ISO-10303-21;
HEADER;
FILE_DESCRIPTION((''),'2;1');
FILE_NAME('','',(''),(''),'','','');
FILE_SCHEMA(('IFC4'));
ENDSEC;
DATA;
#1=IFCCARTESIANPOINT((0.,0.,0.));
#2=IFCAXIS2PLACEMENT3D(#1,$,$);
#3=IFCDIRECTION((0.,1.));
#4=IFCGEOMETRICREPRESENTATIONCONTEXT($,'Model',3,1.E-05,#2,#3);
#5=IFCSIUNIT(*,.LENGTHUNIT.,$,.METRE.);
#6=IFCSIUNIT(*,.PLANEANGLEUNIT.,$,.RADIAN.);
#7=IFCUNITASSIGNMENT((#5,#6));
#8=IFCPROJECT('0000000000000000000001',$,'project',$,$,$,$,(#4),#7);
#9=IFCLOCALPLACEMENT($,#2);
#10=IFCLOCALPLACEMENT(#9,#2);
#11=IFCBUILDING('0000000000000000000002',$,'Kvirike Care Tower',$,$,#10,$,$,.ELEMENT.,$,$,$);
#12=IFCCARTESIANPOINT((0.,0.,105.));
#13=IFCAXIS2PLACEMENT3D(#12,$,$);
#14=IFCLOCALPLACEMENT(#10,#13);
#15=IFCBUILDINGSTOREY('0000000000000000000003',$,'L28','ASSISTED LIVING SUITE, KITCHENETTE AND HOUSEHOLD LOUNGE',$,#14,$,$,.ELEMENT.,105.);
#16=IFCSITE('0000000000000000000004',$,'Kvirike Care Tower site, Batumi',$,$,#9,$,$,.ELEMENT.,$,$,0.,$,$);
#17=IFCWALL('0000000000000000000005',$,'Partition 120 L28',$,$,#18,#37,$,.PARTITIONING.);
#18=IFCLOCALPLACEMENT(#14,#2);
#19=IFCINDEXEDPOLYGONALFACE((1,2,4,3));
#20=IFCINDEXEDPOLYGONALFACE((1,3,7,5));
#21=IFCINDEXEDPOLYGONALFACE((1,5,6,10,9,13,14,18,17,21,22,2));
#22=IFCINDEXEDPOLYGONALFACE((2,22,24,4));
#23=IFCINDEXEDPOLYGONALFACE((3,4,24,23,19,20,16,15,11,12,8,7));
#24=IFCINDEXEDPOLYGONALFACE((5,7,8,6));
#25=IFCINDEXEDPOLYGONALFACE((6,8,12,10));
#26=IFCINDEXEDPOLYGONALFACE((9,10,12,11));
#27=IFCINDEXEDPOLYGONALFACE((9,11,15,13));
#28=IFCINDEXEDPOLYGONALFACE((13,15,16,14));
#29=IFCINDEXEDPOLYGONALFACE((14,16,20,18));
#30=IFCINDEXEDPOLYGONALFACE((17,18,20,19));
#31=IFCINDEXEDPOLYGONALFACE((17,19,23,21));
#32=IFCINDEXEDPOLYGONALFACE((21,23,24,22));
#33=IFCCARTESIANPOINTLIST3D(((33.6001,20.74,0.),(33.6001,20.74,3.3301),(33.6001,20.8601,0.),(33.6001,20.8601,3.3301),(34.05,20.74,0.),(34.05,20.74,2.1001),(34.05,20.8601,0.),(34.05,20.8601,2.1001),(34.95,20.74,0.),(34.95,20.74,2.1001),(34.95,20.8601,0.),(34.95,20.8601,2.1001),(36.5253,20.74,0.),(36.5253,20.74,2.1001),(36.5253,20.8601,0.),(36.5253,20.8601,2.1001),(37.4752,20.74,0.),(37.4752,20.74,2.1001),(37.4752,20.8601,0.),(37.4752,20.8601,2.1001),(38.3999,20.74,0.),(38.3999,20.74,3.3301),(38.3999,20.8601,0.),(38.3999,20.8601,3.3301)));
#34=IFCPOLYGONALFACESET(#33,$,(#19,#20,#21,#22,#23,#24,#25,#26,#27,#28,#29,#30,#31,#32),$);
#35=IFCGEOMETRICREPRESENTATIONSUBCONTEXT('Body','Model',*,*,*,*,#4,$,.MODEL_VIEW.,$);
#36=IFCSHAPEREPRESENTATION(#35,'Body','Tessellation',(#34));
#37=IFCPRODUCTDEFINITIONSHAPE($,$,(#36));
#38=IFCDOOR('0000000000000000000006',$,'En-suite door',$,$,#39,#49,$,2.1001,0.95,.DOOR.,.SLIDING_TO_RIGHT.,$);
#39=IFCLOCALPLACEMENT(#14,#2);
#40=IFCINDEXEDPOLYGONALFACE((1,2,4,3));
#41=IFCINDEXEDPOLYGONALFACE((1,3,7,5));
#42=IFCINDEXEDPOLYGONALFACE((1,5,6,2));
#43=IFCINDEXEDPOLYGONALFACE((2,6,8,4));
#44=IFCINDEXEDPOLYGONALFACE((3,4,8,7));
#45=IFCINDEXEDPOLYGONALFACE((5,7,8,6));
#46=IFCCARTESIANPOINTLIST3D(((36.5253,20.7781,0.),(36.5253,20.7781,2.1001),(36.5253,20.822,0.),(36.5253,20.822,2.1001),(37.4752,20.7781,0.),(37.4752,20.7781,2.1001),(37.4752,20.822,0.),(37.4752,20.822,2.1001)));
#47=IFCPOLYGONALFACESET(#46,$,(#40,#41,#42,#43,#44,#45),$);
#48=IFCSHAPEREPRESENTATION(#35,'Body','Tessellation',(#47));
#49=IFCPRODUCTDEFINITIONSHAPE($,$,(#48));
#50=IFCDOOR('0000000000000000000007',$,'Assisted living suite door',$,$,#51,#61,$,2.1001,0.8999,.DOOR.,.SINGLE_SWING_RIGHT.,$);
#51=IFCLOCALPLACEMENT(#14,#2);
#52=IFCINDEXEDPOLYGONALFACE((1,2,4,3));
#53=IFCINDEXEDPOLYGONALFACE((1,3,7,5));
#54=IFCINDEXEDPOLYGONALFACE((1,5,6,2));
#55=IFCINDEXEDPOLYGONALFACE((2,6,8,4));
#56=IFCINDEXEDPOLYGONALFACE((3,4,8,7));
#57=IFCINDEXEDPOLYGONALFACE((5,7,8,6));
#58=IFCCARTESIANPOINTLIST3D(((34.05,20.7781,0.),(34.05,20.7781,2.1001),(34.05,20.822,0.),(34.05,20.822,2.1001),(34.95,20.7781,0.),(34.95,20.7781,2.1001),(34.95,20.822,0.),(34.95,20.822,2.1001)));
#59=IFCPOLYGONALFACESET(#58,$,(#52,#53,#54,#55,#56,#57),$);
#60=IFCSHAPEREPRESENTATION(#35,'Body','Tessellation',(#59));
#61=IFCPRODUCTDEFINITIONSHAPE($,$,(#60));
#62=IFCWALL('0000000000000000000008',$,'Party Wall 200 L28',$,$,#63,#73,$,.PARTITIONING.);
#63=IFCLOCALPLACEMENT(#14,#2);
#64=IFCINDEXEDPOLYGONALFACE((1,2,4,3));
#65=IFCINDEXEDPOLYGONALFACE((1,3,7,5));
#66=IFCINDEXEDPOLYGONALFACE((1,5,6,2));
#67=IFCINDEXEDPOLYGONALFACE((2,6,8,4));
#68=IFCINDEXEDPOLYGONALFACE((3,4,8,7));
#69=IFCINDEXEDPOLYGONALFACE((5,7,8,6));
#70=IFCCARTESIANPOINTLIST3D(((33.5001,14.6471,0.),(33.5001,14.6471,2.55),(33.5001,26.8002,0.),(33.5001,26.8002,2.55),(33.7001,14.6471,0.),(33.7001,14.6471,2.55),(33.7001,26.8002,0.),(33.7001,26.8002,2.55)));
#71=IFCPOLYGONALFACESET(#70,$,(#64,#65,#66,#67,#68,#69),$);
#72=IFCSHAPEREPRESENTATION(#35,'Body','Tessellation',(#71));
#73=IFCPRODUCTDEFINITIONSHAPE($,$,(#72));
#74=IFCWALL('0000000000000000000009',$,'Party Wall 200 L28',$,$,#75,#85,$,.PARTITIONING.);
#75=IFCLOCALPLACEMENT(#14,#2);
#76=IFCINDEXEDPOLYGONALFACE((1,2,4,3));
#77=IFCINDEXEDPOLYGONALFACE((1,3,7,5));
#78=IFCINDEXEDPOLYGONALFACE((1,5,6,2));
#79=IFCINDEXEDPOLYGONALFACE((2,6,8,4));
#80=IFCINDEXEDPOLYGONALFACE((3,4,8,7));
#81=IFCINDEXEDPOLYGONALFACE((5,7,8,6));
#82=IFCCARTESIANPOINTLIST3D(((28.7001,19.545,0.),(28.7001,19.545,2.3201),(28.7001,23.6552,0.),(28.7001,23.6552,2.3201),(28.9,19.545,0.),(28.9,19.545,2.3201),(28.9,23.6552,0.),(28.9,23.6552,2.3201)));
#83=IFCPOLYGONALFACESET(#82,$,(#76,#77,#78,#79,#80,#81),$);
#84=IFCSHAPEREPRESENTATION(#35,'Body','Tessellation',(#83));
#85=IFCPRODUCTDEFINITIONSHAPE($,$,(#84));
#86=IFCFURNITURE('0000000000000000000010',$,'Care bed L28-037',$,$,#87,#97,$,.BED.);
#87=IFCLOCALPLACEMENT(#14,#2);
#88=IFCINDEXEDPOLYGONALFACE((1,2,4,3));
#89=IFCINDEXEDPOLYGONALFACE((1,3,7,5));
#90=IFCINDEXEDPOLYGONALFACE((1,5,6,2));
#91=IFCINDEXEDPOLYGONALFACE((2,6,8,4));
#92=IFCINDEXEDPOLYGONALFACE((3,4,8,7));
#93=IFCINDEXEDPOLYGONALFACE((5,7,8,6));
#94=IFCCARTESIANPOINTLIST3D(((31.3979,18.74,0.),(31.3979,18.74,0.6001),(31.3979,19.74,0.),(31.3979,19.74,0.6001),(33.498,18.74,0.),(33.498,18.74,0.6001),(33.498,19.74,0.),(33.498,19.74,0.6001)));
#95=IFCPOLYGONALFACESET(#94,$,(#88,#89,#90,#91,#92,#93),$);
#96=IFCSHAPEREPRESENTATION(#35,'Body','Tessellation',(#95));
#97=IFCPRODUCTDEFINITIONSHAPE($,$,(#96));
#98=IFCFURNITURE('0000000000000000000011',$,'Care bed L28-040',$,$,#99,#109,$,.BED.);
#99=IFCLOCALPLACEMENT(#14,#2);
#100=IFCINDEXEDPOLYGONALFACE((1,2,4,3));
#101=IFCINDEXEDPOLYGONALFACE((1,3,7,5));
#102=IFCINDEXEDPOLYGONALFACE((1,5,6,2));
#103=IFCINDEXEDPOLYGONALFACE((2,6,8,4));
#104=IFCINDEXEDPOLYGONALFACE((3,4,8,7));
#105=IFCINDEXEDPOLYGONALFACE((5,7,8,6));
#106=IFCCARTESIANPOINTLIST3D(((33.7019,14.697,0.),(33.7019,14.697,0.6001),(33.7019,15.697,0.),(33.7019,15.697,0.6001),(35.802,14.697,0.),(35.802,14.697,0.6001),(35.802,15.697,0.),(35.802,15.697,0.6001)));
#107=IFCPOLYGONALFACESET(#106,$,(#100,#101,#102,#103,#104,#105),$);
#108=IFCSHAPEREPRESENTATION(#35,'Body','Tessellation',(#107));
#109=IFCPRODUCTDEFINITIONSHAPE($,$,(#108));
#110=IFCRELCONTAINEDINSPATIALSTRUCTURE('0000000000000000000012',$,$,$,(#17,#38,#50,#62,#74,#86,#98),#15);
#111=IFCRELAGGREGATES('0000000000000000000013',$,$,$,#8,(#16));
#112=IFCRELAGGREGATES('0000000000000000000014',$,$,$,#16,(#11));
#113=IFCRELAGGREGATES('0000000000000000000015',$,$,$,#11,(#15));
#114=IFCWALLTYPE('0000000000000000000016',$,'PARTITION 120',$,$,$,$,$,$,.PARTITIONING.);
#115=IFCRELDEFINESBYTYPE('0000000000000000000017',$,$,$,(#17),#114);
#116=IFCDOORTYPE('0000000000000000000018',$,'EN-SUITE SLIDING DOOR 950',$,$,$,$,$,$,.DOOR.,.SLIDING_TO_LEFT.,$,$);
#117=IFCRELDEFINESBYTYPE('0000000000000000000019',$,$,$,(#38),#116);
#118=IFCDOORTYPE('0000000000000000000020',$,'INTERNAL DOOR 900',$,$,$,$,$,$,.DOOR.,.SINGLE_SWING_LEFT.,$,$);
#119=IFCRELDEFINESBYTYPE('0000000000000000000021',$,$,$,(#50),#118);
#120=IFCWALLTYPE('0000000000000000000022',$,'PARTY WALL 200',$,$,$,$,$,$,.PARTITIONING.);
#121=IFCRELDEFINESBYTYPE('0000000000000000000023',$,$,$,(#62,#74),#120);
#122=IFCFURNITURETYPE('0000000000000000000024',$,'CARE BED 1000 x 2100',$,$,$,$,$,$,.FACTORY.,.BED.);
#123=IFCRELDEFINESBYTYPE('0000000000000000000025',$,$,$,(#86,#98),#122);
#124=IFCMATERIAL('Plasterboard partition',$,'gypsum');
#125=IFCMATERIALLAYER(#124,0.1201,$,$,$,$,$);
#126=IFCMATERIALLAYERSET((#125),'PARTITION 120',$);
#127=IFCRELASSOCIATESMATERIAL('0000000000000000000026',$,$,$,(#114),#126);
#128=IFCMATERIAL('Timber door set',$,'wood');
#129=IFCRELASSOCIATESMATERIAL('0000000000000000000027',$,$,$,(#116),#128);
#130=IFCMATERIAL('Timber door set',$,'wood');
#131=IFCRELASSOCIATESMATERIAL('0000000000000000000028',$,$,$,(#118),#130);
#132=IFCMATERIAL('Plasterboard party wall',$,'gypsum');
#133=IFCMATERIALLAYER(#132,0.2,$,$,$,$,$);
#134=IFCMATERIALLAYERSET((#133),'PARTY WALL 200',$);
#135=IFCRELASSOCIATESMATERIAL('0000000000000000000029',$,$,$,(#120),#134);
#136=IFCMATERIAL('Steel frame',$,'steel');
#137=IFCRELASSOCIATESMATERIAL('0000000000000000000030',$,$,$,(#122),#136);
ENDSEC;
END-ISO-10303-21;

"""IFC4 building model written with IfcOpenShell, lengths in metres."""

from ifc_helpers import new_model, si_unit, direction, frame, frame_2d, origin, origin_2d, place, context, subcontext, project, spatial, rectangle, extrude, material, layer, layer_set, type_object, element, fill, save


model = new_model("IFC4")

# Units and contexts
model_context = context("Model", 3, precision=1e-05, world=origin(), true_north=direction((0.0, 1.0)))
body_context = subcontext(model_context, "Body", "Model", "MODEL_VIEW")
ifc_project = project(units=[si_unit("LENGTHUNIT", "METRE"), si_unit("PLANEANGLEUNIT", "RADIAN")], contexts=[model_context])

# Site, building, storey
site_placement = place(None, origin())
site = spatial("IfcSite", under=ifc_project, at=site_placement, Name="Kvirike Care Tower site, Batumi", CompositionType="ELEMENT", RefElevation=0.0)
building_placement = place(site_placement, origin())
building = spatial("IfcBuilding", under=site, at=building_placement, Name="Kvirike Care Tower", CompositionType="ELEMENT")
storey_placement = place(building_placement, frame((0.0, 0.0, 105.0)))
storey = spatial("IfcBuildingStorey", under=building, at=storey_placement, Name="L28", Description="ASSISTED LIVING SUITE, KITCHENETTE AND HOUSEHOLD LOUNGE", CompositionType="ELEMENT", Elevation=105.0)

# Wall, openings, doors
ifc_material_1 = material(Name="Plasterboard partition", Category="gypsum")
ifc_layer_1 = layer(ifc_material_1, 0.1201)
ifc_layer_set_1 = layer_set([ifc_layer_1], Name="PARTITION 120")
wall_type_1 = type_object("IfcWallType", Name="PARTITION 120", PredefinedType="PARTITIONING", material=ifc_layer_set_1)
ifc_material_2 = material(Name="Timber door set", Category="wood")
door_type_1 = type_object("IfcDoorType", Name="EN-SUITE SLIDING DOOR 950", OperationType="SLIDING_TO_LEFT", PredefinedType="DOOR", material=ifc_material_2)
ifc_material_3 = material(Name="Timber door set", Category="wood")
door_type_2 = type_object("IfcDoorType", Name="INTERNAL DOOR 900", OperationType="SINGLE_SWING_LEFT", PredefinedType="DOOR", material=ifc_material_3)
wall_1_placement = place(storey_placement, frame((33.6001, 20.8, 0.0), z_axis=(0.0, 0.0, 1.0), x_axis=(1.0, 0.0, 0.0)))
wall_1 = element("IfcWall", 1, at=wall_1_placement, inside=storey, type_object=wall_type_1, Name="Partition 120 L28", PredefinedType="PARTITIONING", context=body_context, shape_type="SweptSolid", body=[
    extrude(rectangle(XDim=4.7998, YDim=0.1201, at=frame_2d((2.3999, 0.0))), origin(), (0.0, 0.0, 1.0), 3.3301),
])
opening_1_placement = place(wall_1_placement, frame((0.45, 0.0, 0.0)))
opening_1 = element("IfcOpeningElement", 2, at=opening_1_placement, cuts=wall_1, PredefinedType="OPENING", context=body_context, shape_type="SweptSolid", body=[
    extrude(rectangle(XDim=0.8999, YDim=2.1001, at=frame_2d((0.45, 1.05))), frame((0.0, 0.0706, 0.0), z_axis=(0.0, -1.0, 0.0), x_axis=(1.0, 0.0, 0.0)), (0.0, 0.0, 1.0), 0.1411),
])
opening_2_placement = place(wall_1_placement, frame((2.925, 0.0, 0.0)))
opening_2 = element("IfcOpeningElement", 3, at=opening_2_placement, cuts=wall_1, PredefinedType="OPENING", context=body_context, shape_type="SweptSolid", body=[
    extrude(rectangle(XDim=0.95, YDim=2.1001, at=frame_2d((0.4751, 1.05))), frame((0.0, 0.0706, 0.0), z_axis=(0.0, -1.0, 0.0), x_axis=(1.0, 0.0, 0.0)), (0.0, 0.0, 1.0), 0.1411),
])
door_1_placement = place(opening_2_placement, origin())
door_1 = element("IfcDoor", 4, at=door_1_placement, inside=storey, type_object=door_type_1, Name="En-suite door", OperationType="SLIDING_TO_RIGHT", OverallHeight=2.1001, OverallWidth=0.95, PredefinedType="DOOR", context=body_context, shape_type="SweptSolid", body=[
    extrude(rectangle(XDim=0.95, YDim=2.1001, at=frame_2d((0.4751, 1.05))), frame((0.0, 0.022, 0.0), z_axis=(0.0, -1.0, 0.0), x_axis=(1.0, 0.0, 0.0)), (0.0, 0.0, 1.0), 0.0439),
])
fill(opening_2, door_1)
door_2_placement = place(opening_1_placement, origin())
door_2 = element("IfcDoor", 5, at=door_2_placement, inside=storey, type_object=door_type_2, Name="Assisted living suite door", OperationType="SINGLE_SWING_RIGHT", OverallHeight=2.1001, OverallWidth=0.8999, PredefinedType="DOOR", context=body_context, shape_type="SweptSolid", body=[
    extrude(rectangle(XDim=0.8999, YDim=2.1001, at=frame_2d((0.45, 1.05))), frame((0.0, 0.022, 0.0), z_axis=(0.0, -1.0, 0.0), x_axis=(1.0, 0.0, 0.0)), (0.0, 0.0, 1.0), 0.0439),
])
fill(opening_1, door_2)

# Walls
ifc_material_4 = material(Name="Plasterboard party wall", Category="gypsum")
ifc_layer_2 = layer(ifc_material_4, 0.2)
ifc_layer_set_2 = layer_set([ifc_layer_2], Name="PARTY WALL 200")
wall_type_2 = type_object("IfcWallType", Name="PARTY WALL 200", PredefinedType="PARTITIONING", material=ifc_layer_set_2)
wall_2_placement = place(storey_placement, frame((33.6001, 14.647, 0.0), z_axis=(0.0, 0.0, 1.0), x_axis=(0.0, 1.0, 0.0)))
element("IfcWall", 6, at=wall_2_placement, inside=storey, type_object=wall_type_2, Name="Party Wall 200 L28", PredefinedType="PARTITIONING", context=body_context, shape_type="SweptSolid", body=[
    extrude(rectangle(XDim=12.1531, YDim=0.2, at=frame_2d((6.0767, 0.0))), origin(), (0.0, 0.0, 1.0), 2.55),
])
wall_3_placement = place(storey_placement, frame((28.8, 19.5449, 0.0), z_axis=(0.0, 0.0, 1.0), x_axis=(0.0, 1.0, 0.0)))
element("IfcWall", 7, at=wall_3_placement, inside=storey, type_object=wall_type_2, Name="Party Wall 200 L28", PredefinedType="PARTITIONING", context=body_context, shape_type="SweptSolid", body=[
    extrude(rectangle(XDim=4.1101, YDim=0.2, at=frame_2d((2.0552, 0.0))), origin(), (0.0, 0.0, 1.0), 2.3201),
])

# Furniture
ifc_material_5 = material(Name="Steel frame", Category="steel")
furniture_type = type_object("IfcFurnitureType", Name="CARE BED 1000 x 2100", AssemblyPlace="FACTORY", PredefinedType="BED", material=ifc_material_5)
for number, where, z_axis, x_axis, name in (
    (8, (32.448, 19.24, 0.0), (0.0, 0.0, 1.0), (0.0, -1.0, 0.0), "Care bed L28-037"),
    (9, (34.752, 15.197, 0.0), (0.0, 0.0, 1.0), (0.0, 1.0, 0.0), "Care bed L28-040"),
):
    element("IfcFurniture", number, at=place(storey_placement, frame(where, z_axis=z_axis, x_axis=x_axis)), inside=storey, type_object=furniture_type, Name=name, PredefinedType="BED", context=body_context, shape_type="SweptSolid", body=[
        extrude(rectangle(XDim=1.0, YDim=2.1001, at=origin_2d()), origin(), (0.0, 0.0, 1.0), 0.6001),
    ])

save(model, "model.ifc")
